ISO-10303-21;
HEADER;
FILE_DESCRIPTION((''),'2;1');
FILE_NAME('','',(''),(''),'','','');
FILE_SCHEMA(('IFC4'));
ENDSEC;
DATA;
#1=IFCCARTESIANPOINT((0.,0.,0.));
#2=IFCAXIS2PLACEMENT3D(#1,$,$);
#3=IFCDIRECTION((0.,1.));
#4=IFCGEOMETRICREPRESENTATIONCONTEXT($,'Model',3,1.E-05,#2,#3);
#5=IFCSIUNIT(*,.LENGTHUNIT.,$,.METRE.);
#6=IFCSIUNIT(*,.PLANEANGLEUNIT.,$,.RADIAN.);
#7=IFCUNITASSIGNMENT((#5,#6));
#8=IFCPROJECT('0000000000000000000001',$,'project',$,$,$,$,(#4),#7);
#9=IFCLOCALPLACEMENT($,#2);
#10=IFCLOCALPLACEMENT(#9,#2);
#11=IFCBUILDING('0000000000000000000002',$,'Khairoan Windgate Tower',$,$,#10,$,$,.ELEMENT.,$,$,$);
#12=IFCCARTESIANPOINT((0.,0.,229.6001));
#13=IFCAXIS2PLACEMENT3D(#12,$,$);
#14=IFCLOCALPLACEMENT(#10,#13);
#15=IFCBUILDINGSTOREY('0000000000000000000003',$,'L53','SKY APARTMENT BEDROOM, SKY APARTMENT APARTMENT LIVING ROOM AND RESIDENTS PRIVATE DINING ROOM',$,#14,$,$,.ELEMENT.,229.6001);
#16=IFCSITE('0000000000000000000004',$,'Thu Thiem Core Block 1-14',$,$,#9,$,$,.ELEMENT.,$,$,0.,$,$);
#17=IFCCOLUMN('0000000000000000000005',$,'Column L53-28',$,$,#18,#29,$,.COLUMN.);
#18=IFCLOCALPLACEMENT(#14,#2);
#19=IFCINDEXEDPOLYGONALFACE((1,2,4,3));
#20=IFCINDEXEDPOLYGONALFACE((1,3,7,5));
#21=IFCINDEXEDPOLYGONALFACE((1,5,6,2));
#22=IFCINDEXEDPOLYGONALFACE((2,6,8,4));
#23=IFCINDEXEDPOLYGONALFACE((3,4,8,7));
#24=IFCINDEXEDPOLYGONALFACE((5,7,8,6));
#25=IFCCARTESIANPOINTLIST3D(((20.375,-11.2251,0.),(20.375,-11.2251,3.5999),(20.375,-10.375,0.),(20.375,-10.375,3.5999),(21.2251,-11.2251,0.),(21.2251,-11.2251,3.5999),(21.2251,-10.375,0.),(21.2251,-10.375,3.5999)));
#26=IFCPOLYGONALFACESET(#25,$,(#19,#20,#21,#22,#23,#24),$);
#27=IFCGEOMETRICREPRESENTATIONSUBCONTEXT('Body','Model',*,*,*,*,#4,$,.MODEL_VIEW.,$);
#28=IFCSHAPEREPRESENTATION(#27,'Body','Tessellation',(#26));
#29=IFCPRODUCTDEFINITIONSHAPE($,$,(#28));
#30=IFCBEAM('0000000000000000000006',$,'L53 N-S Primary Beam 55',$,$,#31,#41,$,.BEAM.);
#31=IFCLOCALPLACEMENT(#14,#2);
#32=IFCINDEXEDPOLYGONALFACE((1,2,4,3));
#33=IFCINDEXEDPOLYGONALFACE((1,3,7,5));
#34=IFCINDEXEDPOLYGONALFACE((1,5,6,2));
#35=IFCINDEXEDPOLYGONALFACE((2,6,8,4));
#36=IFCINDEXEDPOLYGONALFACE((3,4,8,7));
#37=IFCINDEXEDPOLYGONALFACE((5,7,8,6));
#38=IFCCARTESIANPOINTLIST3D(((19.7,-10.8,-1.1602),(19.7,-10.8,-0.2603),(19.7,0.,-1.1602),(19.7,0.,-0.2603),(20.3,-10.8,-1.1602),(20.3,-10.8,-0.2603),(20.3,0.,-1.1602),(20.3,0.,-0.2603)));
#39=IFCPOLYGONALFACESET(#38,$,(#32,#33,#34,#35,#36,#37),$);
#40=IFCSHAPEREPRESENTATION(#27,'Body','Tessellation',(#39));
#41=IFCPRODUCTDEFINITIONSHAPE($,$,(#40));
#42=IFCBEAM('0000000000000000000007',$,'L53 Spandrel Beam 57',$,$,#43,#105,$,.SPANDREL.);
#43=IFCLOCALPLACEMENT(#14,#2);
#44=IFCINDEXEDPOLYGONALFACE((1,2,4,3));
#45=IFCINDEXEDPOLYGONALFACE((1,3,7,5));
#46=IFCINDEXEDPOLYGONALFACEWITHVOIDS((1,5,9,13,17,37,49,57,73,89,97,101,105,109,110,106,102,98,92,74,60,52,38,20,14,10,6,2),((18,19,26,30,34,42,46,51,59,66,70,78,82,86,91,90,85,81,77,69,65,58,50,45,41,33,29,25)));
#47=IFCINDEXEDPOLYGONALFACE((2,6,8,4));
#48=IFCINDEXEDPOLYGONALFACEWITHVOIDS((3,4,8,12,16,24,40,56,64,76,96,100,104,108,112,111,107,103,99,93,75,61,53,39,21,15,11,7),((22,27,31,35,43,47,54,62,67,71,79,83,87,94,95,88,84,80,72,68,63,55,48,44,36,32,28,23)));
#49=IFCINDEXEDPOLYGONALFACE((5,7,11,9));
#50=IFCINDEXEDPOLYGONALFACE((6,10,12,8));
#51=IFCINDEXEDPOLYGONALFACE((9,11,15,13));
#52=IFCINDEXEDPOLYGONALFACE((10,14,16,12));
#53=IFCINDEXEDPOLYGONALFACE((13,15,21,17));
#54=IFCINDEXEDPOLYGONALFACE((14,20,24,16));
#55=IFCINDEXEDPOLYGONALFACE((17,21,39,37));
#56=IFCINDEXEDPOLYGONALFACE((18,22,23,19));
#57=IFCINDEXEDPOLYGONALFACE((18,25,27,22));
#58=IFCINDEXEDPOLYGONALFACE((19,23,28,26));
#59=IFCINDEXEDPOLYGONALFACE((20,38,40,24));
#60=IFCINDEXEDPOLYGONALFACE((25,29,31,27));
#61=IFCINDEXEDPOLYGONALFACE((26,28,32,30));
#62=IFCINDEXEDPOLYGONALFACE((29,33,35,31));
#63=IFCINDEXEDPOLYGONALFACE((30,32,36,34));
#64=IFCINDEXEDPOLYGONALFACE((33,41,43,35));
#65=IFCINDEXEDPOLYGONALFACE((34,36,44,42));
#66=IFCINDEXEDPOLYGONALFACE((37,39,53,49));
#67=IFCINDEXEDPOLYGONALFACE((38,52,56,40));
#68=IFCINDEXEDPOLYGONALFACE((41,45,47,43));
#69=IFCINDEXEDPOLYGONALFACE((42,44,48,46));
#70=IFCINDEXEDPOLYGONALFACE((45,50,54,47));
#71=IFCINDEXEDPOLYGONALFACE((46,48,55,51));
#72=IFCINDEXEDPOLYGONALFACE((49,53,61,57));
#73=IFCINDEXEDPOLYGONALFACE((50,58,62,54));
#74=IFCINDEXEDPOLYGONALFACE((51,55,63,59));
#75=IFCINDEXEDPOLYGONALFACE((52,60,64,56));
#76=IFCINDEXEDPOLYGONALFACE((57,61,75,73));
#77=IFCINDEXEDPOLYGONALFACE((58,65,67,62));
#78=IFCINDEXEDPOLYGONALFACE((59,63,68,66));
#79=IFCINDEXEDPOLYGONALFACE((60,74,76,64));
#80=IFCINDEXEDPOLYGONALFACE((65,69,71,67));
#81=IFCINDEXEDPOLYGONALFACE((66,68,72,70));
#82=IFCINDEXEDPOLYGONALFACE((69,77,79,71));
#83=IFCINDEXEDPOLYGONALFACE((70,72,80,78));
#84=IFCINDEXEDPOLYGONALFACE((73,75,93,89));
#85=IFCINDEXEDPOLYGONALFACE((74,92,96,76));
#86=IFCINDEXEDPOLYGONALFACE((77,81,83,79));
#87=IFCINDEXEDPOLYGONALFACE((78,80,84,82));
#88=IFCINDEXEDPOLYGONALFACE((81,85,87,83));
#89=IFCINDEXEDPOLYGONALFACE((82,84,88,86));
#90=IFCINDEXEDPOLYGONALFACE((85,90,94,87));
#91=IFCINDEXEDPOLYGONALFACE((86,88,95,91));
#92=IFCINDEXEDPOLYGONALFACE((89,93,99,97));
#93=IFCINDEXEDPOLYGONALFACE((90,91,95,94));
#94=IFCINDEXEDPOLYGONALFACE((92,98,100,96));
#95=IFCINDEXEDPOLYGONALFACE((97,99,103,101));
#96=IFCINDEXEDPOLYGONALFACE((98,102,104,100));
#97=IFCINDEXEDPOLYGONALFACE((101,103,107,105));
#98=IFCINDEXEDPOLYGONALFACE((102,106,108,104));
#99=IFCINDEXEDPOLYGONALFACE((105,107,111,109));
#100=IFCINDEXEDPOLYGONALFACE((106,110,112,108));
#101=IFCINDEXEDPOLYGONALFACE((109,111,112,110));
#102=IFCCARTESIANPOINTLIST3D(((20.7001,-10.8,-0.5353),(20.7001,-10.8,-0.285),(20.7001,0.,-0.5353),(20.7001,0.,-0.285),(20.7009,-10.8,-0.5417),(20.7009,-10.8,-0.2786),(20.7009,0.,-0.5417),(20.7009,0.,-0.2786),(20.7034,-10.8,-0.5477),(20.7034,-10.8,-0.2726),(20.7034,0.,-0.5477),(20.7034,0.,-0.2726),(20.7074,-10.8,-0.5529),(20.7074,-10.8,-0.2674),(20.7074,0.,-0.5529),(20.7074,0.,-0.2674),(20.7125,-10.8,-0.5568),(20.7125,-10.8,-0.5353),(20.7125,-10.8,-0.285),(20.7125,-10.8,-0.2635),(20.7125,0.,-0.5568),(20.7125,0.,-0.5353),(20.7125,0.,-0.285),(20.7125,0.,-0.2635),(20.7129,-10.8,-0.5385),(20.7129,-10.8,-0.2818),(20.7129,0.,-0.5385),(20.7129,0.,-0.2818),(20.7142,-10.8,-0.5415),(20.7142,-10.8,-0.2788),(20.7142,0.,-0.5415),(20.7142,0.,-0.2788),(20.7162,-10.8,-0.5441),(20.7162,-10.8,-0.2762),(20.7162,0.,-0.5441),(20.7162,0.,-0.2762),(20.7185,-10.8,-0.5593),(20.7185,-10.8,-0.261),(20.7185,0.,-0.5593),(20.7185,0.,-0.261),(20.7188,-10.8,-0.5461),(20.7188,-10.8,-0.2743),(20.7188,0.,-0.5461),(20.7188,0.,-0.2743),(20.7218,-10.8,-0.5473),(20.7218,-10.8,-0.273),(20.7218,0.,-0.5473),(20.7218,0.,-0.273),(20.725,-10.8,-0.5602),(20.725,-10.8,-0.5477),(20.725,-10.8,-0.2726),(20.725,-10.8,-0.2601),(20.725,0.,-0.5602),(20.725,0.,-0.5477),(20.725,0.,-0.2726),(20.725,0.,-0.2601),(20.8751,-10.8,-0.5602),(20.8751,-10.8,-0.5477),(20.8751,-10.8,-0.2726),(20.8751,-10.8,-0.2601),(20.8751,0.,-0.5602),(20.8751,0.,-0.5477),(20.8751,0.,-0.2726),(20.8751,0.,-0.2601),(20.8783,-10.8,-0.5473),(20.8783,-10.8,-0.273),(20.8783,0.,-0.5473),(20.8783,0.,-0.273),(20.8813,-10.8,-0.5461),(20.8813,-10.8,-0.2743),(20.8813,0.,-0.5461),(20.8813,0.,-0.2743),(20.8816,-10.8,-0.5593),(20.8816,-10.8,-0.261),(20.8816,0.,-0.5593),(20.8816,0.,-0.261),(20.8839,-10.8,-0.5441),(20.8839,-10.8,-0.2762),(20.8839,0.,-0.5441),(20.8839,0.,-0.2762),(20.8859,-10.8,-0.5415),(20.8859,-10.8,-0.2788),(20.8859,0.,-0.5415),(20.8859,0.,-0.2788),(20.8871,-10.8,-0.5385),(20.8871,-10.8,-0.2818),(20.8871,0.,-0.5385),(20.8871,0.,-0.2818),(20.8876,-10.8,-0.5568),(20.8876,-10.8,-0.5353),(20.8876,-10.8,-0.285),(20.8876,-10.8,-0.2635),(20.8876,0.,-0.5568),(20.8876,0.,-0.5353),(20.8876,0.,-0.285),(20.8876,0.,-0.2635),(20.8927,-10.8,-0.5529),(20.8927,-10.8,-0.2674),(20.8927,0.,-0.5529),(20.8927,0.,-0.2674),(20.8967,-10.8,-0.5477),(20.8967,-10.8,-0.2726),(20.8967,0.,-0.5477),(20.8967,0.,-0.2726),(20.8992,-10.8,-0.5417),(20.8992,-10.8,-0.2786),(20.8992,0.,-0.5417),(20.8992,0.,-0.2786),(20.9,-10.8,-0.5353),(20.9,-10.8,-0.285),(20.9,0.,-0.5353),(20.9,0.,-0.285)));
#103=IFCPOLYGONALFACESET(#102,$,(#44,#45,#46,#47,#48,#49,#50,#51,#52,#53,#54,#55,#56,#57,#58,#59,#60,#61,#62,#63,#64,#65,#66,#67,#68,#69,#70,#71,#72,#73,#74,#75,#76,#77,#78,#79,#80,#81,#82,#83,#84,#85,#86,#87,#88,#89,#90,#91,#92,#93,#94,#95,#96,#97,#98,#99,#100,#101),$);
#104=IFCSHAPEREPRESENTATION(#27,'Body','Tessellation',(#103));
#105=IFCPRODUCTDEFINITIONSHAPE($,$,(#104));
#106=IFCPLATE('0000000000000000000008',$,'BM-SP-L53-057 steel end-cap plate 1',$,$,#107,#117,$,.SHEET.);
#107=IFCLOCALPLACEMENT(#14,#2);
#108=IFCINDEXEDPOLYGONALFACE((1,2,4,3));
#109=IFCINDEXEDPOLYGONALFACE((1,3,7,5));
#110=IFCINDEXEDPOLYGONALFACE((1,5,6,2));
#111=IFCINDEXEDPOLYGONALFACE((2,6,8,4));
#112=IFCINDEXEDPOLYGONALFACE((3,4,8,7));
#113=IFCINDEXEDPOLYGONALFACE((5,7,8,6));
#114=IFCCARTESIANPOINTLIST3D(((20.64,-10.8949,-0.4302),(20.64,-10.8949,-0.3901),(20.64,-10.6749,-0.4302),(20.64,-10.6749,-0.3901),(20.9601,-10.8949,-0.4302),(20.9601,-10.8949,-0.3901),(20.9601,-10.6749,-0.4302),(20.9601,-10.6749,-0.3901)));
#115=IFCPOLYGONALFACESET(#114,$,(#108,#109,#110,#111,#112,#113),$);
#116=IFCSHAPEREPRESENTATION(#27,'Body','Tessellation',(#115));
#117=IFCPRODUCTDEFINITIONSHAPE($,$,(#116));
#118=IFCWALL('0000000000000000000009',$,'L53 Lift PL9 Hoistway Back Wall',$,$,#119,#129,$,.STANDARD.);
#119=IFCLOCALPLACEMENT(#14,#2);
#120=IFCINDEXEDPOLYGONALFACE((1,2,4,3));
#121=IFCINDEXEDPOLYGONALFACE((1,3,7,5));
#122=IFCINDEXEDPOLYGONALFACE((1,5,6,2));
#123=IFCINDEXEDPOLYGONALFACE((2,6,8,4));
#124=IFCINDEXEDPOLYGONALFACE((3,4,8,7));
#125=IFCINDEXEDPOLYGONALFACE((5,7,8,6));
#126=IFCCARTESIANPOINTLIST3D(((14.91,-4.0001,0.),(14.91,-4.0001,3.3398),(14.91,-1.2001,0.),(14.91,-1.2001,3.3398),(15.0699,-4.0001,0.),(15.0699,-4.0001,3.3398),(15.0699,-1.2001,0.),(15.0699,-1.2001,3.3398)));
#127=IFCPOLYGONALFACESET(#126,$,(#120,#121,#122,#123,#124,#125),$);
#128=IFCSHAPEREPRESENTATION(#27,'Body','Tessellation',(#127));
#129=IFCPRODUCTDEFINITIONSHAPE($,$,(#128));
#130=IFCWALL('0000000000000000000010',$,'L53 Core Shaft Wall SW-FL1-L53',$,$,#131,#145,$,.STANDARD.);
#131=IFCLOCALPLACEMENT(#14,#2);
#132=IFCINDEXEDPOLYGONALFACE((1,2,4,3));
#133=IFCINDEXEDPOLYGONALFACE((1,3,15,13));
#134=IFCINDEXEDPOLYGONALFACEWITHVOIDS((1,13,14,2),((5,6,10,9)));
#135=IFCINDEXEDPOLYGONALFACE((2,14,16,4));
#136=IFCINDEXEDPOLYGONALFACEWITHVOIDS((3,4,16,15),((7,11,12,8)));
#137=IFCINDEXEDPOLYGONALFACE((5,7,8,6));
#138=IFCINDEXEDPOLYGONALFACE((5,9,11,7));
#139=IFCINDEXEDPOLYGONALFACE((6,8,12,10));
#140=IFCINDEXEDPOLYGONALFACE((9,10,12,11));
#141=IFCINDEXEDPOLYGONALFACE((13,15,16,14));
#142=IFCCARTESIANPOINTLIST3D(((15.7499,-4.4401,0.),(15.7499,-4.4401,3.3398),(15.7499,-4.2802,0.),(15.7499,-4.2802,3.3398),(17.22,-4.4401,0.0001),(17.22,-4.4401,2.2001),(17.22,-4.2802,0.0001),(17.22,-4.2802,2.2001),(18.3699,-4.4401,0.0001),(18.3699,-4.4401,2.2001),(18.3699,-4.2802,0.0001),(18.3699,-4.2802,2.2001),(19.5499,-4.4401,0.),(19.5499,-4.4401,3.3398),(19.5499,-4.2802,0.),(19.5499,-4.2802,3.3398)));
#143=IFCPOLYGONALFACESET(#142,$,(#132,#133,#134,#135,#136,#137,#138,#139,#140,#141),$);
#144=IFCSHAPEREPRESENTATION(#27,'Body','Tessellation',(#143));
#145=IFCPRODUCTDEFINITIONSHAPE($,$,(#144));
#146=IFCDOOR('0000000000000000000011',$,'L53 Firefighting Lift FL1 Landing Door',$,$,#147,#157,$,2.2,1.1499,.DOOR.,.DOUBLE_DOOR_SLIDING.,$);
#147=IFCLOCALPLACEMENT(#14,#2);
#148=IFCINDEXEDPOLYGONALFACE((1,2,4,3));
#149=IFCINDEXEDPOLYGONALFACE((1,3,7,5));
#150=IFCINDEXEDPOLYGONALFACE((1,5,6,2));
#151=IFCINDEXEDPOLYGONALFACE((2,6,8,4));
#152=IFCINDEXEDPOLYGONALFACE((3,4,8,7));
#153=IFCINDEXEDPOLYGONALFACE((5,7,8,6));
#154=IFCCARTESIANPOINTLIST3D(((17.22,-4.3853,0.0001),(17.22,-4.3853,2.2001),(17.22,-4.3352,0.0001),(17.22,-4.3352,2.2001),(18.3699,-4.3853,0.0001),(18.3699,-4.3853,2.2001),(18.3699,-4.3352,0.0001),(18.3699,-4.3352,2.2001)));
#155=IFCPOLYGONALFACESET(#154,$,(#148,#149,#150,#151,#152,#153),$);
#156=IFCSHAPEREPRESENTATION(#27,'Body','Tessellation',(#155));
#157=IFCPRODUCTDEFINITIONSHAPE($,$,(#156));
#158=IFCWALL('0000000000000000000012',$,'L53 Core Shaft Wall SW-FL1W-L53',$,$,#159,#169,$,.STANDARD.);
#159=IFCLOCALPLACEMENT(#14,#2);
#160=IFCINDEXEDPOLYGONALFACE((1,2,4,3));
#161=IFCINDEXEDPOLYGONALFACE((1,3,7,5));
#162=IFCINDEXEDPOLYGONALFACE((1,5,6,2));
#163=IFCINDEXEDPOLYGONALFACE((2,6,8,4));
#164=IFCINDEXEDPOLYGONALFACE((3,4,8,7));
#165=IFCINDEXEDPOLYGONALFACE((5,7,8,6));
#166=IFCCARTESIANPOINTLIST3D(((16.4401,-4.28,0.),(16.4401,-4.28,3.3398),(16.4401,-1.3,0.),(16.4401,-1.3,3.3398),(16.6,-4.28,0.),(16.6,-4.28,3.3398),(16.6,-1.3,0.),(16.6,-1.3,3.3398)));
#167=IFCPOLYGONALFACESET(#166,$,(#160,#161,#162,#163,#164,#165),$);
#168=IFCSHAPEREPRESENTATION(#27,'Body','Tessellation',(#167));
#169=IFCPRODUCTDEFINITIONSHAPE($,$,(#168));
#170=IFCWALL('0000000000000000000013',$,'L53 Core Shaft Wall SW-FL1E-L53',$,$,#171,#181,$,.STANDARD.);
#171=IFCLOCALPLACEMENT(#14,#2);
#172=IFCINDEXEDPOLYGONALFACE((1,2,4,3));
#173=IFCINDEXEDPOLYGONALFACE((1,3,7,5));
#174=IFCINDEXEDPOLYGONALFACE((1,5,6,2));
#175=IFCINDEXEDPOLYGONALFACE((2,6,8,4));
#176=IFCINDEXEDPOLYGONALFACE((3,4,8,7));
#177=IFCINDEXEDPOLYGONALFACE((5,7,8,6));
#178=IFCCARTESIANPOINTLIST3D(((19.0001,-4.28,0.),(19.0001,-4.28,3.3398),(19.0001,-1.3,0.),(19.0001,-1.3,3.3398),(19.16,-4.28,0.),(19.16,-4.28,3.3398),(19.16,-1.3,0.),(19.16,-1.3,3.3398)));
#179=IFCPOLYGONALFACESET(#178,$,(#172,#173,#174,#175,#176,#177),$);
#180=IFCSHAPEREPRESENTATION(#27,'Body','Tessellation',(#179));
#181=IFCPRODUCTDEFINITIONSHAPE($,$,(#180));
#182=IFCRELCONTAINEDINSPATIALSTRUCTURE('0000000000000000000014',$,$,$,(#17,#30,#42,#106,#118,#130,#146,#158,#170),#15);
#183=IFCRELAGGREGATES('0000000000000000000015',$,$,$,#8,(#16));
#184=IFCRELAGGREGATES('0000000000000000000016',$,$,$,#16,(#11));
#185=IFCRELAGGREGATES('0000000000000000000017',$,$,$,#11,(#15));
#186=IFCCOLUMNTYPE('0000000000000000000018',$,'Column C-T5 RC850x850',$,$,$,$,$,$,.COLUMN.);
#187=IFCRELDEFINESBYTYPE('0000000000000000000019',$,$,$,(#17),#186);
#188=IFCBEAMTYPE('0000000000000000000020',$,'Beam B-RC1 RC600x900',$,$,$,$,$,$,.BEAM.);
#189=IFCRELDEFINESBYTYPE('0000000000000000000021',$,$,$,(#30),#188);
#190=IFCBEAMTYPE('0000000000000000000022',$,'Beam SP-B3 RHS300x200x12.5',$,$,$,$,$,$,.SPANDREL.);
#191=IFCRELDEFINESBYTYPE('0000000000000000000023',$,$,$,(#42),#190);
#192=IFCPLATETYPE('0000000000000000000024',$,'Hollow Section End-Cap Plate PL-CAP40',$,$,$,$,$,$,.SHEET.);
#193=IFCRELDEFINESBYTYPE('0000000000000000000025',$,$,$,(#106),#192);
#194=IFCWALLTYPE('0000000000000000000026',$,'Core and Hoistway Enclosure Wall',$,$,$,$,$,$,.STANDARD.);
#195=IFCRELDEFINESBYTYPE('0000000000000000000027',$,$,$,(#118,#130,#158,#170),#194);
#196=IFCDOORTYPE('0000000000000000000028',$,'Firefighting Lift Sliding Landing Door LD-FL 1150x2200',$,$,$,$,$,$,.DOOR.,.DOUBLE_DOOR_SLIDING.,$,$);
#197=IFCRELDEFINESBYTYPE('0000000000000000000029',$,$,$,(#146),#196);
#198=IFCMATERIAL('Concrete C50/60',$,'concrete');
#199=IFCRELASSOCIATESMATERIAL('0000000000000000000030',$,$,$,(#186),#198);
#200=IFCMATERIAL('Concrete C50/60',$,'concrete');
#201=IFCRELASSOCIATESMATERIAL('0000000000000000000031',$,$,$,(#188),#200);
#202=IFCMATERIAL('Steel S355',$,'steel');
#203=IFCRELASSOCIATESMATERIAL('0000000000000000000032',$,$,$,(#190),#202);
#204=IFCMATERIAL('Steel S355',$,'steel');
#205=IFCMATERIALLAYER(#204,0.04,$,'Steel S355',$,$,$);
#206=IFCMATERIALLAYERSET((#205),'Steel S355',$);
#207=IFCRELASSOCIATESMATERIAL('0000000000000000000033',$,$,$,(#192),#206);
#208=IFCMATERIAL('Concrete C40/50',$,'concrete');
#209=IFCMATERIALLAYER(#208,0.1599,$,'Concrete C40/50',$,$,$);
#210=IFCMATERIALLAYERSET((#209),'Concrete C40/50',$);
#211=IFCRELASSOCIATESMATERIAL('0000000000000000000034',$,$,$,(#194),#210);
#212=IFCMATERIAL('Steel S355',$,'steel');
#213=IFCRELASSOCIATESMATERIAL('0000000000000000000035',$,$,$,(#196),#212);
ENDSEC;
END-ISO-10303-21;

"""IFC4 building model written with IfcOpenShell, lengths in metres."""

from ifc_helpers import new_model, si_unit, direction, frame, frame_2d, origin, origin_2d, place, context, subcontext, project, spatial, rectangle, hollow_rectangle, extrude, material, layer, layer_set, material_profile, profile_set, type_object, element, fill, save


model = new_model("IFC4")

# Units and contexts
model_context = context("Model", 3, precision=1e-05, world=origin(), true_north=direction((0.0, 1.0)))
body_context = subcontext(model_context, "Body", "Model", "MODEL_VIEW")
ifc_project = project(units=[si_unit("LENGTHUNIT", "METRE"), si_unit("PLANEANGLEUNIT", "RADIAN")], contexts=[model_context])

# Site, building, storey
site_placement = place(None, origin())
site = spatial("IfcSite", under=ifc_project, at=site_placement, Name="Thu Thiem Core Block 1-14", CompositionType="ELEMENT", RefElevation=0.0)
building_placement = place(site_placement, origin())
building = spatial("IfcBuilding", under=site, at=building_placement, Name="Khairoan Windgate Tower", CompositionType="ELEMENT")
storey_placement = place(building_placement, frame((0.0, 0.0, 229.6001)))
storey = spatial("IfcBuildingStorey", under=building, at=storey_placement, Name="L53", Description="SKY APARTMENT BEDROOM, SKY APARTMENT APARTMENT LIVING ROOM AND RESIDENTS PRIVATE DINING ROOM", CompositionType="ELEMENT", Elevation=229.6001)

# Column
ifc_material_1 = material(Name="Concrete C50/60", Category="concrete")
ifc_material_profile_1 = material_profile(ifc_material_1, rectangle(XDim=0.8501, YDim=0.8501, at=origin_2d()))
ifc_profile_set_1 = profile_set([ifc_material_profile_1], Name="Concrete C50/60")
column_type = type_object("IfcColumnType", Name="Column C-T5 RC850x850", PredefinedType="COLUMN", material=ifc_profile_set_1)
column_placement = place(storey_placement, frame((20.8, -10.8, 0.0), z_axis=(0.0, 0.0, 1.0), x_axis=(1.0, 0.0, 0.0)))
element("IfcColumn", 1, at=column_placement, inside=storey, type_object=column_type, Name="Column L53-28", PredefinedType="COLUMN", context=body_context, shape_type="SweptSolid", body=[
    extrude(rectangle(XDim=0.8501, YDim=0.8501, at=origin_2d()), origin(), (0.0, 0.0, 1.0), 3.5999),
])

# Beams
ifc_material_2 = material(Name="Concrete C50/60", Category="concrete")
ifc_material_profile_2 = material_profile(ifc_material_2, rectangle(XDim=0.6001, YDim=0.8999, at=origin_2d()))
ifc_profile_set_2 = profile_set([ifc_material_profile_2], Name="Concrete C50/60")
beam_type_1 = type_object("IfcBeamType", Name="Beam B-RC1 RC600x900", PredefinedType="BEAM", material=ifc_profile_set_2)
beam_1_placement = place(storey_placement, frame((20.0, -10.8, -0.7102), z_axis=(0.0, 1.0, 0.0), x_axis=(-1.0, 0.0, 0.0)))
element("IfcBeam", 2, at=beam_1_placement, inside=storey, type_object=beam_type_1, Name="L53 N-S Primary Beam 55", PredefinedType="BEAM", context=body_context, shape_type="SweptSolid", body=[
    extrude(rectangle(XDim=0.6001, YDim=0.8999, at=origin_2d()), origin(), (0.0, 0.0, 1.0), 10.8),
])
ifc_material_3 = material(Name="Steel S355", Category="steel")
ifc_material_profile_3 = material_profile(ifc_material_3, hollow_rectangle(XDim=0.2, YDim=0.3, WallThickness=0.0125, InnerFilletRadius=0.0125, OuterFilletRadius=0.0249, at=origin_2d()))
ifc_profile_set_3 = profile_set([ifc_material_profile_3], Name="Steel S355")
beam_type_2 = type_object("IfcBeamType", Name="Beam SP-B3 RHS300x200x12.5", PredefinedType="SPANDREL", material=ifc_profile_set_3)
beam_2_placement = place(storey_placement, frame((20.8, -10.8, -0.4102), z_axis=(0.0, 1.0, 0.0), x_axis=(-1.0, 0.0, 0.0)))
element("IfcBeam", 3, at=beam_2_placement, inside=storey, type_object=beam_type_2, Name="L53 Spandrel Beam 57", PredefinedType="SPANDREL", context=body_context, shape_type="SweptSolid", body=[
    extrude(hollow_rectangle(XDim=0.2, YDim=0.3, WallThickness=0.0125, InnerFilletRadius=0.0125, OuterFilletRadius=0.0249, at=origin_2d()), origin(), (0.0, 0.0, 1.0), 10.8),
])

# Plate
ifc_material_4 = material(Name="Steel S355", Category="steel")
ifc_layer_1 = layer(ifc_material_4, 0.04, Name="Steel S355")
ifc_layer_set_1 = layer_set([ifc_layer_1], Name="Steel S355")
plate_type = type_object("IfcPlateType", Name="Hollow Section End-Cap Plate PL-CAP40", PredefinedType="SHEET", material=ifc_layer_set_1)
plate_placement = place(storey_placement, frame((20.8, -10.7849, -0.4302), z_axis=(0.0, 0.0, 1.0), x_axis=(0.0, 1.0, 0.0)))
element("IfcPlate", 4, at=plate_placement, inside=storey, type_object=plate_type, Name="BM-SP-L53-057 steel end-cap plate 1", PredefinedType="SHEET", context=body_context, shape_type="SweptSolid", body=[
    extrude(rectangle(XDim=0.22, YDim=0.3201, at=origin_2d()), origin(), (0.0, 0.0, 1.0), 0.04),
])

# Wall
ifc_material_5 = material(Name="Concrete C40/50", Category="concrete")
ifc_layer_2 = layer(ifc_material_5, 0.1599, Name="Concrete C40/50")
ifc_layer_set_2 = layer_set([ifc_layer_2], Name="Concrete C40/50")
wall_type_1 = type_object("IfcWallType", Name="Core and Hoistway Enclosure Wall", PredefinedType="STANDARD", material=ifc_layer_set_2)
wall_1_placement = place(storey_placement, frame((14.99, -4.0, 0.0), z_axis=(0.0, 0.0, 1.0), x_axis=(0.0, 1.0, 0.0)))
element("IfcWall", 5, at=wall_1_placement, inside=storey, type_object=wall_type_1, Name="L53 Lift PL9 Hoistway Back Wall", PredefinedType="STANDARD", context=body_context, shape_type="SweptSolid", body=[
    extrude(rectangle(XDim=2.8, YDim=0.1599, at=frame_2d((1.3999, 0.0))), origin(), (0.0, 0.0, 1.0), 3.3398),
])

# Wall, opening, door
wall_2_placement = place(storey_placement, frame((15.75, -4.3601, 0.0), z_axis=(0.0, 0.0, 1.0), x_axis=(1.0, 0.0, 0.0)))
wall_2 = element("IfcWall", 6, at=wall_2_placement, inside=storey, type_object=wall_type_1, Name="L53 Core Shaft Wall SW-FL1-L53", PredefinedType="STANDARD", context=body_context, shape_type="SweptSolid", body=[
    extrude(rectangle(XDim=3.8, YDim=0.1599, at=frame_2d((1.8999, 0.0))), origin(), (0.0, 0.0, 1.0), 3.3398),
])
opening_1_placement = place(wall_2_placement, frame((1.47, 0.0, 0.0)))
opening_1 = element("IfcOpeningElement", 7, at=opening_1_placement, cuts=wall_2, PredefinedType="OPENING", context=body_context, shape_type="SweptSolid", body=[
    extrude(rectangle(XDim=1.1499, YDim=2.2, at=frame_2d((0.575, 1.1001))), frame((0.0, 0.0898, 0.0), z_axis=(0.0, -1.0, 0.0), x_axis=(1.0, 0.0, 0.0)), (0.0, 0.0, 1.0), 0.1799),
])
ifc_material_6 = material(Name="Steel S355", Category="steel")
door_type_1 = type_object("IfcDoorType", Name="Firefighting Lift Sliding Landing Door LD-FL 1150x2200", OperationType="DOUBLE_DOOR_SLIDING", PredefinedType="DOOR", material=ifc_material_6)
door_1_placement = place(opening_1_placement, origin())
door_1 = element("IfcDoor", 8, at=door_1_placement, inside=storey, type_object=door_type_1, Name="L53 Firefighting Lift FL1 Landing Door", OperationType="DOUBLE_DOOR_SLIDING", OverallHeight=2.2, OverallWidth=1.1499, PredefinedType="DOOR", context=body_context, shape_type="SweptSolid", body=[
    extrude(rectangle(XDim=1.1499, YDim=2.2, at=frame_2d((0.575, 1.1001))), frame((0.0, 0.0249, 0.0), z_axis=(0.0, -1.0, 0.0), x_axis=(1.0, 0.0, 0.0)), (0.0, 0.0, 1.0), 0.05),
])
fill(opening_1, door_1)

# Walls
for number, where, z_axis, x_axis, name in (
    (9, (16.52, -4.28, 0.0), (0.0, 0.0, 1.0), (0.0, 1.0, 0.0), "L53 Core Shaft Wall SW-FL1W-L53"),
    (10, (19.0801, -4.28, 0.0), (0.0, 0.0, 1.0), (0.0, 1.0, 0.0), "L53 Core Shaft Wall SW-FL1E-L53"),
):
    element("IfcWall", number, at=place(storey_placement, frame(where, z_axis=z_axis, x_axis=x_axis)), inside=storey, type_object=wall_type_1, Name=name, PredefinedType="STANDARD", context=body_context, shape_type="SweptSolid", body=[
        extrude(rectangle(XDim=2.98, YDim=0.1599, at=frame_2d((1.49, 0.0))), origin(), (0.0, 0.0, 1.0), 3.3398),
    ])

save(model, "model.ifc")
